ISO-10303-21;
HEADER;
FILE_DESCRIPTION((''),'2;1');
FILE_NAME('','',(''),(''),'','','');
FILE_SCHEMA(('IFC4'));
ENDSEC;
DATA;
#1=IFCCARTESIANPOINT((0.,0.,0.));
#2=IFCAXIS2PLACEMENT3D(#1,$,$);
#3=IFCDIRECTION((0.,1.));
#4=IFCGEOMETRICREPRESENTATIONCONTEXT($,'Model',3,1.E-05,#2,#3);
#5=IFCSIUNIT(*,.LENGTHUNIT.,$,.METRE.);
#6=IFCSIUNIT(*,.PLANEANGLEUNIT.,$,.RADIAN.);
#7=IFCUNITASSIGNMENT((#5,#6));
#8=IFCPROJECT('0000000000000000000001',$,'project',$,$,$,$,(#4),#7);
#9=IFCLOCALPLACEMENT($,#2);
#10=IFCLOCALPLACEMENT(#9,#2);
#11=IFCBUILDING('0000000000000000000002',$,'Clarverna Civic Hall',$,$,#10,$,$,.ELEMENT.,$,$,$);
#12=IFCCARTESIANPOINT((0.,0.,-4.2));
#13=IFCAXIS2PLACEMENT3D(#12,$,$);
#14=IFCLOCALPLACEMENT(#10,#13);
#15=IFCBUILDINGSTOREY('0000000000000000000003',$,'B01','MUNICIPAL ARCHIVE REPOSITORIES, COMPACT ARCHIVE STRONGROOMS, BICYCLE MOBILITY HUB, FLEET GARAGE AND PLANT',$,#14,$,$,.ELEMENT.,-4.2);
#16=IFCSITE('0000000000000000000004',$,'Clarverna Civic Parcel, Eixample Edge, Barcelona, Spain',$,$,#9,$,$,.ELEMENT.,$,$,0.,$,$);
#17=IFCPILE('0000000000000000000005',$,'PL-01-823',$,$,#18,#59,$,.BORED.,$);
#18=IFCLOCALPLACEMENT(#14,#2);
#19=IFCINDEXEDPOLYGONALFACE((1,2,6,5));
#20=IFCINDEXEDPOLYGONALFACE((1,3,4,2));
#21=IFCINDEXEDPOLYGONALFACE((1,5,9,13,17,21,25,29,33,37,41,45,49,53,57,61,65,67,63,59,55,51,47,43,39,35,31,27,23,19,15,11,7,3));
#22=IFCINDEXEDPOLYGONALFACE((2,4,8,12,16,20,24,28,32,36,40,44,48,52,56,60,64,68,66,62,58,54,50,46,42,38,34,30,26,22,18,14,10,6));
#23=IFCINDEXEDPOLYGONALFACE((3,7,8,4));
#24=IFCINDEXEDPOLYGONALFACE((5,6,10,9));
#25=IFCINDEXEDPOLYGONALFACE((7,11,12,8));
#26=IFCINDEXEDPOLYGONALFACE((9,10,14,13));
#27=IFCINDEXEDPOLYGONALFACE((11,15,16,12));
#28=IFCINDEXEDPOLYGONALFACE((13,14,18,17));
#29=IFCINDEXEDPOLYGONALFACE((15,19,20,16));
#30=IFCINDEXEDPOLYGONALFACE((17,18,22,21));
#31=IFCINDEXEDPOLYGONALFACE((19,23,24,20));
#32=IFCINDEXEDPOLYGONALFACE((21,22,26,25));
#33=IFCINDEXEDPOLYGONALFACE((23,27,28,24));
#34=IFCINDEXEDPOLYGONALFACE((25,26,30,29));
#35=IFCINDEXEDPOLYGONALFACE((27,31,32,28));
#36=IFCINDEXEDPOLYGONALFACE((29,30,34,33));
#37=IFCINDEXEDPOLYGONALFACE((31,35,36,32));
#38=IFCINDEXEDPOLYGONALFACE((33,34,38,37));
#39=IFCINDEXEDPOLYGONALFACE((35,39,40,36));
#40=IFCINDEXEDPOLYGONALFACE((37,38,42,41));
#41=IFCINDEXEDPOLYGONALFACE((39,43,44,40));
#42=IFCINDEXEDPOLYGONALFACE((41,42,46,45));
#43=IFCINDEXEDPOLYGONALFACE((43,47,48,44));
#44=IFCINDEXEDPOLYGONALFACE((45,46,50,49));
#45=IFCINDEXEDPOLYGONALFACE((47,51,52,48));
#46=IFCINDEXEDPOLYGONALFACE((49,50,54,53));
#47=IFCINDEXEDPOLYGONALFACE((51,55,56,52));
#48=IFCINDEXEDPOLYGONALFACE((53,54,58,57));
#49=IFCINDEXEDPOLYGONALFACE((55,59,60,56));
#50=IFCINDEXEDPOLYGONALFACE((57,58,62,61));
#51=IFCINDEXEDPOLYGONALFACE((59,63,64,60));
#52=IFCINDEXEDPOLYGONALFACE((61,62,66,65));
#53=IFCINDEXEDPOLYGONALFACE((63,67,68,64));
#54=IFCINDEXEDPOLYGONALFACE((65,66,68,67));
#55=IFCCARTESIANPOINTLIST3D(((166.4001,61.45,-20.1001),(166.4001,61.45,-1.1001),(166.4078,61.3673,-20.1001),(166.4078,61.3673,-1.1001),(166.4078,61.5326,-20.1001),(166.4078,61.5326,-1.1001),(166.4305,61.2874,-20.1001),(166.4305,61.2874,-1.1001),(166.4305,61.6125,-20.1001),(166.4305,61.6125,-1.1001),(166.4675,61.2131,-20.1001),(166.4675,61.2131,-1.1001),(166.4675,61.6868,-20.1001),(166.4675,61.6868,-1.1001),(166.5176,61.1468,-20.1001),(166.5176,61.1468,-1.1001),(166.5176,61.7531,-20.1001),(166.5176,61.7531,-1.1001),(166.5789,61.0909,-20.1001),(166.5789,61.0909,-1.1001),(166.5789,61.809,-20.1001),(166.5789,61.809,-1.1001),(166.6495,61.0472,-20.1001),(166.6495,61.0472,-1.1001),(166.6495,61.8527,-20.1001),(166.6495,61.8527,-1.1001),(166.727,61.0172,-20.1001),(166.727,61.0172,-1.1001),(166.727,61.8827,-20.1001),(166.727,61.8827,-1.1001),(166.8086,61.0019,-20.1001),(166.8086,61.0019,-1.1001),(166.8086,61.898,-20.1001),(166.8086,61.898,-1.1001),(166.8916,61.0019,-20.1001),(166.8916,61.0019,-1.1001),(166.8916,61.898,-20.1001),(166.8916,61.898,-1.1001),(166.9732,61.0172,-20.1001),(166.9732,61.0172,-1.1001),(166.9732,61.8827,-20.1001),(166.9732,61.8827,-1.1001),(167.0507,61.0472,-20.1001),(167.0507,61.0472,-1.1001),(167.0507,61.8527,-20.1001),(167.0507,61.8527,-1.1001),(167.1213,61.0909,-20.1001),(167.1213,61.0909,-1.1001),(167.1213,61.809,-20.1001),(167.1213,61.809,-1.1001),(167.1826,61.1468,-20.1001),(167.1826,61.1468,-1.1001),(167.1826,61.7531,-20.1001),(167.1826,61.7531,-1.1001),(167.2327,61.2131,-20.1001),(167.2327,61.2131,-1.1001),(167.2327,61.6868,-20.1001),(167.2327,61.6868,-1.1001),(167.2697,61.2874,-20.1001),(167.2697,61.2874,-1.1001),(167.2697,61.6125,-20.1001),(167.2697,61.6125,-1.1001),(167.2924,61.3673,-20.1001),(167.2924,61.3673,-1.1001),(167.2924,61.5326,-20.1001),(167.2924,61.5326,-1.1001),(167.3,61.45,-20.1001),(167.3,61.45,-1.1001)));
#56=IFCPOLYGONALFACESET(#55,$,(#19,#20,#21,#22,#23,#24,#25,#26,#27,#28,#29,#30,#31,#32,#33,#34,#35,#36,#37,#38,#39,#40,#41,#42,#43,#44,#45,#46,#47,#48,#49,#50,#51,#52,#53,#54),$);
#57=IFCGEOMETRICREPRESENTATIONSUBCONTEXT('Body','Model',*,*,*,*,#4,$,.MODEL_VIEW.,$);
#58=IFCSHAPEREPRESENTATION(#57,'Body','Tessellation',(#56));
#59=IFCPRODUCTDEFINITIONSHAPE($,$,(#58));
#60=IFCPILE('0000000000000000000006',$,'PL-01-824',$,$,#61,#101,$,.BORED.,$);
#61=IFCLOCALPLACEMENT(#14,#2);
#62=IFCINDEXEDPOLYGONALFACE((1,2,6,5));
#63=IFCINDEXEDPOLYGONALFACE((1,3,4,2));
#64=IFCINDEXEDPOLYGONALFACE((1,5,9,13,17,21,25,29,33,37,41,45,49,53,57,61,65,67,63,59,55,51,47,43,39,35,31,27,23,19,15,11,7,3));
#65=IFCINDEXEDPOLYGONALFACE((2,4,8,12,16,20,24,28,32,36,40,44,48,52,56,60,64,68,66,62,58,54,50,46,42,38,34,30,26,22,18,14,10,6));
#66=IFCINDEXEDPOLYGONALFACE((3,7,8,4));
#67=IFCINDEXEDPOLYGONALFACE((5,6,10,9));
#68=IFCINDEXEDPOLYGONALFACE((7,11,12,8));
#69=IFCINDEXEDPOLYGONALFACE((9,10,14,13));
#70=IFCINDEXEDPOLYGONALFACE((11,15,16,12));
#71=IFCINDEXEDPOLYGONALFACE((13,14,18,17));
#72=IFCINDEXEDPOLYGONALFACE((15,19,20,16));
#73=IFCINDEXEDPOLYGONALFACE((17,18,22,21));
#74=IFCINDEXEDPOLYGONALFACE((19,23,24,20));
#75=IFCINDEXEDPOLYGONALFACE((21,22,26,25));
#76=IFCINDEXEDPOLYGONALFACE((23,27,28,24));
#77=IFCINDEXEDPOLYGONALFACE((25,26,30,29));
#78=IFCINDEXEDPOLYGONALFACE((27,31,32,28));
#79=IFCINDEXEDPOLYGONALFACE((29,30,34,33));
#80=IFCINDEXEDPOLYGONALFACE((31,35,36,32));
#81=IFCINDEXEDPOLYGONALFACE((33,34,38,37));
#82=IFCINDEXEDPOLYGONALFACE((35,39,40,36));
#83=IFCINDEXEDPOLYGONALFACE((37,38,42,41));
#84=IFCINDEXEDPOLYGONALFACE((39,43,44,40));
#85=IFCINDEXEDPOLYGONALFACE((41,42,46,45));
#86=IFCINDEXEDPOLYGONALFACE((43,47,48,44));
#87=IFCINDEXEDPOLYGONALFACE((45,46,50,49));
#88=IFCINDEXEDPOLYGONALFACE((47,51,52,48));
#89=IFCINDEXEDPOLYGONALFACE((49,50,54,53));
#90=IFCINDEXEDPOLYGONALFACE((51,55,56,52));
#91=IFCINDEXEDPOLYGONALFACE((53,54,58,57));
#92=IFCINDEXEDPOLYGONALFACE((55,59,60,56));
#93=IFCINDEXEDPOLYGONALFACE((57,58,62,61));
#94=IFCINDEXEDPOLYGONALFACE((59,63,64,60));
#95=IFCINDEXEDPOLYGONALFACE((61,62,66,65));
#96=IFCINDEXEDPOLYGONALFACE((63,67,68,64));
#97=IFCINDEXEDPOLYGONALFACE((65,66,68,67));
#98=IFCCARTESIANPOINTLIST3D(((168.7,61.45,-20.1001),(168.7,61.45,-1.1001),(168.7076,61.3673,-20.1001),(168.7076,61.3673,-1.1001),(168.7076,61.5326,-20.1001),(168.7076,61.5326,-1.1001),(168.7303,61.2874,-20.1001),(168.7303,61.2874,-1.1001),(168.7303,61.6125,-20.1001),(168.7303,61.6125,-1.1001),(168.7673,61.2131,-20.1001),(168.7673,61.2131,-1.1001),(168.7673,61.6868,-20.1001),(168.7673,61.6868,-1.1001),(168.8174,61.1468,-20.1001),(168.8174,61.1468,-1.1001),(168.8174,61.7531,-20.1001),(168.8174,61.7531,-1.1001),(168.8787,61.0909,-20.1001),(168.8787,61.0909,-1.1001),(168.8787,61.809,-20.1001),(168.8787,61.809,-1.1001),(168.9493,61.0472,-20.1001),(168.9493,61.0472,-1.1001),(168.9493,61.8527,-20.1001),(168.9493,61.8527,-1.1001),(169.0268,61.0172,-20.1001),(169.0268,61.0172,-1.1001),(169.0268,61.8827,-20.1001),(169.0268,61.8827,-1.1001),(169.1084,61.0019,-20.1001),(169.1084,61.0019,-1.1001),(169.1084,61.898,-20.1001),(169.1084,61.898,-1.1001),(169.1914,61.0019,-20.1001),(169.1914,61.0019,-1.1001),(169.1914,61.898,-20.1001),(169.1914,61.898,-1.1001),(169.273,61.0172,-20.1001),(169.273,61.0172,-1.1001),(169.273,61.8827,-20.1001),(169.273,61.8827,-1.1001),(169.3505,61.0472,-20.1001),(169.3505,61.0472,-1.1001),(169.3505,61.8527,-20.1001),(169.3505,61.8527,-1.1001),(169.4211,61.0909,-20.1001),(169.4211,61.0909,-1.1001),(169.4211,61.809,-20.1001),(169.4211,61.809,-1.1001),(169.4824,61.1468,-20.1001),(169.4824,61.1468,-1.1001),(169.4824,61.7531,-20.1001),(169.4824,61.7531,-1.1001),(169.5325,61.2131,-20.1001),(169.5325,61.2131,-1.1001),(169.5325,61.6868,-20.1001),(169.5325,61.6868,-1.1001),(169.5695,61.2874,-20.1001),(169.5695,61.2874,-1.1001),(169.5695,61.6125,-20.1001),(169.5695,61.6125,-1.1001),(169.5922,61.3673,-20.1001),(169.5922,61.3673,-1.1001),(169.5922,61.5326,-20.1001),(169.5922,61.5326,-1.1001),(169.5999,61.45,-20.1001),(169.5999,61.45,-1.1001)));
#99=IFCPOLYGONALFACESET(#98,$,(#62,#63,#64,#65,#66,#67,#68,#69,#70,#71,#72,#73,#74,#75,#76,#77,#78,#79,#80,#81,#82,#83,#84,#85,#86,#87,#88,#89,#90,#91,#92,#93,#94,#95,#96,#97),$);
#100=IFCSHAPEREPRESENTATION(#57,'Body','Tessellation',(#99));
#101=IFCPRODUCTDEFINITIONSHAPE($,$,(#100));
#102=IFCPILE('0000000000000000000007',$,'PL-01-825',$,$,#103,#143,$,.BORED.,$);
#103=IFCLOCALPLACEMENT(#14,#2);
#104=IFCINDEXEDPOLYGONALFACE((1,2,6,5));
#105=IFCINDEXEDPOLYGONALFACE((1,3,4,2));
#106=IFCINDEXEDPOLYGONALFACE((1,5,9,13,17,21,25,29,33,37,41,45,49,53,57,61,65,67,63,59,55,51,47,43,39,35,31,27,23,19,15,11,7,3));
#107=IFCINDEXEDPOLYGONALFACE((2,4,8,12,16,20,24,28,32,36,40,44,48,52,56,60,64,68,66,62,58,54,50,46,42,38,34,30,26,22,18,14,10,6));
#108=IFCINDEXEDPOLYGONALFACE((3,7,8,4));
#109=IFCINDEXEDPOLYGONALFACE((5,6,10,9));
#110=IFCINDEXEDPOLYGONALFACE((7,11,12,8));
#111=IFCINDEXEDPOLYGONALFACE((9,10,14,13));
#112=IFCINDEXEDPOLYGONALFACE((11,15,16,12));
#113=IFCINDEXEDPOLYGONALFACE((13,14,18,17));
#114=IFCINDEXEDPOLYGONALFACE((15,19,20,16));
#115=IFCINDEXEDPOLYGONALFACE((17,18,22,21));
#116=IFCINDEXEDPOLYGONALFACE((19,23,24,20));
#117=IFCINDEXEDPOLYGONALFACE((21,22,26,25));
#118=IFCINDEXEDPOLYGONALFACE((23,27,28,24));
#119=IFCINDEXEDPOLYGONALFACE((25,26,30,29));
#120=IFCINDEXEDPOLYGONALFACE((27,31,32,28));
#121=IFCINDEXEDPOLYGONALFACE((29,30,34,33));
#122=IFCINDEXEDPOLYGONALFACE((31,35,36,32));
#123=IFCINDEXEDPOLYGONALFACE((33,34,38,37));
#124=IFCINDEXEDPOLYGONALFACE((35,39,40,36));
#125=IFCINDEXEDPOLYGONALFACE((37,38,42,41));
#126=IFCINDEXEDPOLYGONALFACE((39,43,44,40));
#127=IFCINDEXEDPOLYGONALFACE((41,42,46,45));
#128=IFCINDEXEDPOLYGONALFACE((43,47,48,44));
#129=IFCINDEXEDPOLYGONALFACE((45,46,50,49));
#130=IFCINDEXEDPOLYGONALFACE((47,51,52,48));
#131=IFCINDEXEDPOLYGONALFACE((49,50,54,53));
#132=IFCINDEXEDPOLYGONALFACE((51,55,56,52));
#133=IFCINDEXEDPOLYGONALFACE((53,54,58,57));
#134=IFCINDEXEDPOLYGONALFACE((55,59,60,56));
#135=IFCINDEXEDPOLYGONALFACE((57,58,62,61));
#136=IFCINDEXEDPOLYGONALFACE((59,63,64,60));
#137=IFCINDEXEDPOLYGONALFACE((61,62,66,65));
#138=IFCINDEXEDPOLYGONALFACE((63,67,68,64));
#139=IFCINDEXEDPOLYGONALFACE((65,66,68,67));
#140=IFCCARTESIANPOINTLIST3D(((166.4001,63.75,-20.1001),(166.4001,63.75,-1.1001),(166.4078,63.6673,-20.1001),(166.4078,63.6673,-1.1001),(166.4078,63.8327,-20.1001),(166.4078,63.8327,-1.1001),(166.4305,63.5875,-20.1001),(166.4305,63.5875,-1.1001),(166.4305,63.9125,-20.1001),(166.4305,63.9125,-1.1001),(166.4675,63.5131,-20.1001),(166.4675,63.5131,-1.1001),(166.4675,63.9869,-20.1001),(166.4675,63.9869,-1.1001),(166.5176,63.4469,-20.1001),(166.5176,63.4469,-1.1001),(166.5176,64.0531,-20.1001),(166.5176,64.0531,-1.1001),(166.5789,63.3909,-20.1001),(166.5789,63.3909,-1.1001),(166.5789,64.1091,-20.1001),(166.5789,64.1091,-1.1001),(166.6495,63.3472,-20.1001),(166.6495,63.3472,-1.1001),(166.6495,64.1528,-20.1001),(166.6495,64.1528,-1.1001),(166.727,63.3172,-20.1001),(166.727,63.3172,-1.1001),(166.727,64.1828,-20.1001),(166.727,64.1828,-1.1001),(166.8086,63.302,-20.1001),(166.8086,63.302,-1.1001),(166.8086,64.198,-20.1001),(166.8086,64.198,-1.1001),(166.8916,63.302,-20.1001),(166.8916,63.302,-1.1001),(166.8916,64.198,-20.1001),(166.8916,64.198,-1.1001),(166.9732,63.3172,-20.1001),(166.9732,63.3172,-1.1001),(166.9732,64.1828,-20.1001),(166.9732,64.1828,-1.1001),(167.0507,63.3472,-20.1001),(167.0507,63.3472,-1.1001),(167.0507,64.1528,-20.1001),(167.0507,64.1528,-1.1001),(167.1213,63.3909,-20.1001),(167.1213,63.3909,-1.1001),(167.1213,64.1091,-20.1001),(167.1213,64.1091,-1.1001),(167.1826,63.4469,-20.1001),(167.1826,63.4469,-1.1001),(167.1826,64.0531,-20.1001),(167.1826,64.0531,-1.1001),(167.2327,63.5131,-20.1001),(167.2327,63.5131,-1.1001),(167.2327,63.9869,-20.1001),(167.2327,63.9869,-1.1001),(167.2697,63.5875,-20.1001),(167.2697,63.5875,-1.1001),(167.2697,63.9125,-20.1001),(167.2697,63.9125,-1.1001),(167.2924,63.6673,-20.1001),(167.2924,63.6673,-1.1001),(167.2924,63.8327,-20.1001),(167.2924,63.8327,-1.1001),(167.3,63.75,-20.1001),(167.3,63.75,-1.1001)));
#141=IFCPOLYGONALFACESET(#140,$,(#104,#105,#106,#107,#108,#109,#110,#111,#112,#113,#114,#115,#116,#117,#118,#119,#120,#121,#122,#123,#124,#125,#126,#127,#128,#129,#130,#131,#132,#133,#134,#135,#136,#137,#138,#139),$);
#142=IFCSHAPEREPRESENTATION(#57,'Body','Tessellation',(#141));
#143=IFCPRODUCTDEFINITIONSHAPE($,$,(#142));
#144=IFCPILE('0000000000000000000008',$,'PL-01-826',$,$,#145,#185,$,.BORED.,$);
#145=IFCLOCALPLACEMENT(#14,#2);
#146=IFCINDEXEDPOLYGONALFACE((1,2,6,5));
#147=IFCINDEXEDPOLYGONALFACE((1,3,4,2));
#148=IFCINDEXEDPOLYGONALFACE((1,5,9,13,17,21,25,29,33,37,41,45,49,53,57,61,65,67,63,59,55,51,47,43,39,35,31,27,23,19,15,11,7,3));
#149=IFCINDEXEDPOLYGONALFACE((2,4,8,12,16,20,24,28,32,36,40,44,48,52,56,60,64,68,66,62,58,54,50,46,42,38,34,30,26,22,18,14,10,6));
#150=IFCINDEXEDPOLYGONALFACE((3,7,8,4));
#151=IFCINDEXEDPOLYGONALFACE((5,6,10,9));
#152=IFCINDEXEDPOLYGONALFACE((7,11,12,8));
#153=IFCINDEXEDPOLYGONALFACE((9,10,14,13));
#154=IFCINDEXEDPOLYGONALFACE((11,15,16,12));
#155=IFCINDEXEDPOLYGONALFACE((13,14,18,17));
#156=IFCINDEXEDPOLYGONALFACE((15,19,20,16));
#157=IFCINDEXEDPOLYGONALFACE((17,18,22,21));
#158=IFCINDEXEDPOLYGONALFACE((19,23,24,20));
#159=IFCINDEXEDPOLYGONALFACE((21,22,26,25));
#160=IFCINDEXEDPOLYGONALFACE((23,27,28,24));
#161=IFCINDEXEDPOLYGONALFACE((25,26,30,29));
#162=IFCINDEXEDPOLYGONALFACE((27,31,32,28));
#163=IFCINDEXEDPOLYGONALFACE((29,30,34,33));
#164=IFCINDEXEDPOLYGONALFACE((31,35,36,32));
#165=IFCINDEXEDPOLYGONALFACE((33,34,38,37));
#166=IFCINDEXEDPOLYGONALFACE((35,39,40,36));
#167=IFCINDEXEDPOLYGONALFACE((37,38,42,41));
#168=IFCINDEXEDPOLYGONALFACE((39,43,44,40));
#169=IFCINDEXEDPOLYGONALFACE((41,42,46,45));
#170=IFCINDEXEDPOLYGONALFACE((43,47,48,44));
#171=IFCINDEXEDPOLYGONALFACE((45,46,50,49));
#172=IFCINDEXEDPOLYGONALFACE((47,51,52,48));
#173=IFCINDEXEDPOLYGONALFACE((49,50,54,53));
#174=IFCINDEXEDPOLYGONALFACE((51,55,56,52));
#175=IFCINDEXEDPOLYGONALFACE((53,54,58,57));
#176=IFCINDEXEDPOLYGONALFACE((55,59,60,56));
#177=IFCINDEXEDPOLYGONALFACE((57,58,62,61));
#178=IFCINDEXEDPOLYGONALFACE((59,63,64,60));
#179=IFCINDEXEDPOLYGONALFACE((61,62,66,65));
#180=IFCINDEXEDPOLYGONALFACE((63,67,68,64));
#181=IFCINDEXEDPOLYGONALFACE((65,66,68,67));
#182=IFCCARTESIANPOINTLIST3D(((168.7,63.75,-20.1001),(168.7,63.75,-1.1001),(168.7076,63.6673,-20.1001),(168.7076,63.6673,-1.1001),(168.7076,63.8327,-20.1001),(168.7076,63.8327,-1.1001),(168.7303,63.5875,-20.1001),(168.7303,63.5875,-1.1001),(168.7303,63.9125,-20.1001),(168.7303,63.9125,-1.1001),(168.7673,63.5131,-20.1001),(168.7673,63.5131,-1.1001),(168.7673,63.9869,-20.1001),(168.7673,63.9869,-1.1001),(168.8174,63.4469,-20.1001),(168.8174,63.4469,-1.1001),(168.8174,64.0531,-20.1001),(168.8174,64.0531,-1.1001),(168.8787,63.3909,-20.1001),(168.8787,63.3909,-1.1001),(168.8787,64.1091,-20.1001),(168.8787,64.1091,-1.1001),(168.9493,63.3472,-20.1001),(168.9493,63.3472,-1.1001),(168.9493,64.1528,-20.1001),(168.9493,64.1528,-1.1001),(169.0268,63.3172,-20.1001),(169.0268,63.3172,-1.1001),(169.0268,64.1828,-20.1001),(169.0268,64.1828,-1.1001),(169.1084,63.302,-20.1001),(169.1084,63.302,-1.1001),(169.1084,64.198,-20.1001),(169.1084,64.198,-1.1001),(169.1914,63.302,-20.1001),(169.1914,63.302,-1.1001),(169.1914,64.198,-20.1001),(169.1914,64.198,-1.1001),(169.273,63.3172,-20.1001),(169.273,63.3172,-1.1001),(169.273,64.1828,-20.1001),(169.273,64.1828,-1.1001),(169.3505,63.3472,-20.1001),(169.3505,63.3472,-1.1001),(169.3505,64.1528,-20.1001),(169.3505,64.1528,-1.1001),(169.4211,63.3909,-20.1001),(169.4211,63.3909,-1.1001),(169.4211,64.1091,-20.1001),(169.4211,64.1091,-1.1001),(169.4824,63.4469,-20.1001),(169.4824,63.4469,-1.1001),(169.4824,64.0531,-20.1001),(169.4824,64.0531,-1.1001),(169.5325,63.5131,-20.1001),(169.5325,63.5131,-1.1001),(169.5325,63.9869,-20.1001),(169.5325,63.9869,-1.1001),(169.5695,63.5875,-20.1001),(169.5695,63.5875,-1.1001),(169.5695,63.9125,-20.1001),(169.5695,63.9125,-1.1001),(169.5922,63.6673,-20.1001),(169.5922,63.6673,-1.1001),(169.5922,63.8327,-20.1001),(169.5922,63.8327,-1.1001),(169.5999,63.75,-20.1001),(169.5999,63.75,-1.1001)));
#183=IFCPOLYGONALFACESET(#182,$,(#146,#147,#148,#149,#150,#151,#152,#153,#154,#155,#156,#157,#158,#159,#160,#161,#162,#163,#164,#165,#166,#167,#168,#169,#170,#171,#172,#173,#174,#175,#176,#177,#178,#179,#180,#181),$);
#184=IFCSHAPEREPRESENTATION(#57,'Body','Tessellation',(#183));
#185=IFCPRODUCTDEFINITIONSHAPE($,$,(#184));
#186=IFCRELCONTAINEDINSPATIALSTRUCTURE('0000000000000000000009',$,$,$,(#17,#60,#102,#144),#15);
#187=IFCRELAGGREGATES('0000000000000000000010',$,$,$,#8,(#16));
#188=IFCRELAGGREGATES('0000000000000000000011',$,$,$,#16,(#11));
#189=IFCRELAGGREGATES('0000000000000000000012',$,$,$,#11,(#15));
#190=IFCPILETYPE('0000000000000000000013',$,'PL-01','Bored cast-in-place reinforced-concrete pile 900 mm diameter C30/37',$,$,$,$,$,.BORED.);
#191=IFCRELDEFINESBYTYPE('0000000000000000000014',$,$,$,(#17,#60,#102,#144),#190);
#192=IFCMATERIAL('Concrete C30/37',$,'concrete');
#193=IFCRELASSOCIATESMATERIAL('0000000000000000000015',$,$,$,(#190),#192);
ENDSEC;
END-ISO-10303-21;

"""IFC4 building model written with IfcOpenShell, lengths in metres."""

from ifc_helpers import new_model, si_unit, direction, frame, origin, origin_2d, place, context, subcontext, project, spatial, circle, extrude, material, material_profile, profile_set, type_object, element, save


model = new_model("IFC4")

# Units and contexts
model_context = context("Model", 3, precision=1e-05, world=origin(), true_north=direction((0.0, 1.0)))
body_context = subcontext(model_context, "Body", "Model", "MODEL_VIEW")
ifc_project = project(units=[si_unit("LENGTHUNIT", "METRE"), si_unit("PLANEANGLEUNIT", "RADIAN")], contexts=[model_context])

# Site, building, storey
site_placement = place(None, origin())
site = spatial("IfcSite", under=ifc_project, at=site_placement, Name="Clarverna Civic Parcel, Eixample Edge, Barcelona, Spain", CompositionType="ELEMENT", RefElevation=0.0)
building_placement = place(site_placement, origin())
building = spatial("IfcBuilding", under=site, at=building_placement, Name="Clarverna Civic Hall", CompositionType="ELEMENT")
storey_placement = place(building_placement, frame((0.0, 0.0, -4.2)))
storey = spatial("IfcBuildingStorey", under=building, at=storey_placement, Name="B01", Description="MUNICIPAL ARCHIVE REPOSITORIES, COMPACT ARCHIVE STRONGROOMS, BICYCLE MOBILITY HUB, FLEET GARAGE AND PLANT", CompositionType="ELEMENT", Elevation=-4.2)

# Shared definitions
ifc_material_1 = material(Name="Concrete C30/37", Category="concrete")

# Piles
ifc_material_profile_1 = material_profile(ifc_material_1, circle(Radius=0.45, at=origin_2d()), Name="BORED PILE D900")
ifc_profile_set_1 = profile_set([ifc_material_profile_1], Name="Concrete C30/37")
pile_type_1 = type_object("IfcPileType", Name="PL-01", Description="Bored cast-in-place reinforced-concrete pile 900 mm diameter C30/37", PredefinedType="BORED", material=ifc_profile_set_1)
for number, where, z_axis, x_axis, name in (
    (1, (166.8501, 61.45, -1.1001), (0.0, 0.0, -1.0), (1.0, 0.0, 0.0), "PL-01-823"),
    (2, (169.1499, 61.45, -1.1001), (0.0, 0.0, -1.0), (1.0, 0.0, 0.0), "PL-01-824"),
    (3, (166.8501, 63.75, -1.1001), (0.0, 0.0, -1.0), (1.0, 0.0, 0.0), "PL-01-825"),
    (4, (169.1499, 63.75, -1.1001), (0.0, 0.0, -1.0), (1.0, 0.0, 0.0), "PL-01-826"),
):
    element("IfcPile", number, at=place(storey_placement, frame(where, z_axis=z_axis, x_axis=x_axis)), inside=storey, type_object=pile_type_1, Name=name, PredefinedType="BORED", context=body_context, shape_type="SweptSolid", body=[
        extrude(circle(Radius=0.45, at=origin_2d()), origin(), (0.0, 0.0, 1.0), 19.0),
    ])

save(model, "model.ifc")
